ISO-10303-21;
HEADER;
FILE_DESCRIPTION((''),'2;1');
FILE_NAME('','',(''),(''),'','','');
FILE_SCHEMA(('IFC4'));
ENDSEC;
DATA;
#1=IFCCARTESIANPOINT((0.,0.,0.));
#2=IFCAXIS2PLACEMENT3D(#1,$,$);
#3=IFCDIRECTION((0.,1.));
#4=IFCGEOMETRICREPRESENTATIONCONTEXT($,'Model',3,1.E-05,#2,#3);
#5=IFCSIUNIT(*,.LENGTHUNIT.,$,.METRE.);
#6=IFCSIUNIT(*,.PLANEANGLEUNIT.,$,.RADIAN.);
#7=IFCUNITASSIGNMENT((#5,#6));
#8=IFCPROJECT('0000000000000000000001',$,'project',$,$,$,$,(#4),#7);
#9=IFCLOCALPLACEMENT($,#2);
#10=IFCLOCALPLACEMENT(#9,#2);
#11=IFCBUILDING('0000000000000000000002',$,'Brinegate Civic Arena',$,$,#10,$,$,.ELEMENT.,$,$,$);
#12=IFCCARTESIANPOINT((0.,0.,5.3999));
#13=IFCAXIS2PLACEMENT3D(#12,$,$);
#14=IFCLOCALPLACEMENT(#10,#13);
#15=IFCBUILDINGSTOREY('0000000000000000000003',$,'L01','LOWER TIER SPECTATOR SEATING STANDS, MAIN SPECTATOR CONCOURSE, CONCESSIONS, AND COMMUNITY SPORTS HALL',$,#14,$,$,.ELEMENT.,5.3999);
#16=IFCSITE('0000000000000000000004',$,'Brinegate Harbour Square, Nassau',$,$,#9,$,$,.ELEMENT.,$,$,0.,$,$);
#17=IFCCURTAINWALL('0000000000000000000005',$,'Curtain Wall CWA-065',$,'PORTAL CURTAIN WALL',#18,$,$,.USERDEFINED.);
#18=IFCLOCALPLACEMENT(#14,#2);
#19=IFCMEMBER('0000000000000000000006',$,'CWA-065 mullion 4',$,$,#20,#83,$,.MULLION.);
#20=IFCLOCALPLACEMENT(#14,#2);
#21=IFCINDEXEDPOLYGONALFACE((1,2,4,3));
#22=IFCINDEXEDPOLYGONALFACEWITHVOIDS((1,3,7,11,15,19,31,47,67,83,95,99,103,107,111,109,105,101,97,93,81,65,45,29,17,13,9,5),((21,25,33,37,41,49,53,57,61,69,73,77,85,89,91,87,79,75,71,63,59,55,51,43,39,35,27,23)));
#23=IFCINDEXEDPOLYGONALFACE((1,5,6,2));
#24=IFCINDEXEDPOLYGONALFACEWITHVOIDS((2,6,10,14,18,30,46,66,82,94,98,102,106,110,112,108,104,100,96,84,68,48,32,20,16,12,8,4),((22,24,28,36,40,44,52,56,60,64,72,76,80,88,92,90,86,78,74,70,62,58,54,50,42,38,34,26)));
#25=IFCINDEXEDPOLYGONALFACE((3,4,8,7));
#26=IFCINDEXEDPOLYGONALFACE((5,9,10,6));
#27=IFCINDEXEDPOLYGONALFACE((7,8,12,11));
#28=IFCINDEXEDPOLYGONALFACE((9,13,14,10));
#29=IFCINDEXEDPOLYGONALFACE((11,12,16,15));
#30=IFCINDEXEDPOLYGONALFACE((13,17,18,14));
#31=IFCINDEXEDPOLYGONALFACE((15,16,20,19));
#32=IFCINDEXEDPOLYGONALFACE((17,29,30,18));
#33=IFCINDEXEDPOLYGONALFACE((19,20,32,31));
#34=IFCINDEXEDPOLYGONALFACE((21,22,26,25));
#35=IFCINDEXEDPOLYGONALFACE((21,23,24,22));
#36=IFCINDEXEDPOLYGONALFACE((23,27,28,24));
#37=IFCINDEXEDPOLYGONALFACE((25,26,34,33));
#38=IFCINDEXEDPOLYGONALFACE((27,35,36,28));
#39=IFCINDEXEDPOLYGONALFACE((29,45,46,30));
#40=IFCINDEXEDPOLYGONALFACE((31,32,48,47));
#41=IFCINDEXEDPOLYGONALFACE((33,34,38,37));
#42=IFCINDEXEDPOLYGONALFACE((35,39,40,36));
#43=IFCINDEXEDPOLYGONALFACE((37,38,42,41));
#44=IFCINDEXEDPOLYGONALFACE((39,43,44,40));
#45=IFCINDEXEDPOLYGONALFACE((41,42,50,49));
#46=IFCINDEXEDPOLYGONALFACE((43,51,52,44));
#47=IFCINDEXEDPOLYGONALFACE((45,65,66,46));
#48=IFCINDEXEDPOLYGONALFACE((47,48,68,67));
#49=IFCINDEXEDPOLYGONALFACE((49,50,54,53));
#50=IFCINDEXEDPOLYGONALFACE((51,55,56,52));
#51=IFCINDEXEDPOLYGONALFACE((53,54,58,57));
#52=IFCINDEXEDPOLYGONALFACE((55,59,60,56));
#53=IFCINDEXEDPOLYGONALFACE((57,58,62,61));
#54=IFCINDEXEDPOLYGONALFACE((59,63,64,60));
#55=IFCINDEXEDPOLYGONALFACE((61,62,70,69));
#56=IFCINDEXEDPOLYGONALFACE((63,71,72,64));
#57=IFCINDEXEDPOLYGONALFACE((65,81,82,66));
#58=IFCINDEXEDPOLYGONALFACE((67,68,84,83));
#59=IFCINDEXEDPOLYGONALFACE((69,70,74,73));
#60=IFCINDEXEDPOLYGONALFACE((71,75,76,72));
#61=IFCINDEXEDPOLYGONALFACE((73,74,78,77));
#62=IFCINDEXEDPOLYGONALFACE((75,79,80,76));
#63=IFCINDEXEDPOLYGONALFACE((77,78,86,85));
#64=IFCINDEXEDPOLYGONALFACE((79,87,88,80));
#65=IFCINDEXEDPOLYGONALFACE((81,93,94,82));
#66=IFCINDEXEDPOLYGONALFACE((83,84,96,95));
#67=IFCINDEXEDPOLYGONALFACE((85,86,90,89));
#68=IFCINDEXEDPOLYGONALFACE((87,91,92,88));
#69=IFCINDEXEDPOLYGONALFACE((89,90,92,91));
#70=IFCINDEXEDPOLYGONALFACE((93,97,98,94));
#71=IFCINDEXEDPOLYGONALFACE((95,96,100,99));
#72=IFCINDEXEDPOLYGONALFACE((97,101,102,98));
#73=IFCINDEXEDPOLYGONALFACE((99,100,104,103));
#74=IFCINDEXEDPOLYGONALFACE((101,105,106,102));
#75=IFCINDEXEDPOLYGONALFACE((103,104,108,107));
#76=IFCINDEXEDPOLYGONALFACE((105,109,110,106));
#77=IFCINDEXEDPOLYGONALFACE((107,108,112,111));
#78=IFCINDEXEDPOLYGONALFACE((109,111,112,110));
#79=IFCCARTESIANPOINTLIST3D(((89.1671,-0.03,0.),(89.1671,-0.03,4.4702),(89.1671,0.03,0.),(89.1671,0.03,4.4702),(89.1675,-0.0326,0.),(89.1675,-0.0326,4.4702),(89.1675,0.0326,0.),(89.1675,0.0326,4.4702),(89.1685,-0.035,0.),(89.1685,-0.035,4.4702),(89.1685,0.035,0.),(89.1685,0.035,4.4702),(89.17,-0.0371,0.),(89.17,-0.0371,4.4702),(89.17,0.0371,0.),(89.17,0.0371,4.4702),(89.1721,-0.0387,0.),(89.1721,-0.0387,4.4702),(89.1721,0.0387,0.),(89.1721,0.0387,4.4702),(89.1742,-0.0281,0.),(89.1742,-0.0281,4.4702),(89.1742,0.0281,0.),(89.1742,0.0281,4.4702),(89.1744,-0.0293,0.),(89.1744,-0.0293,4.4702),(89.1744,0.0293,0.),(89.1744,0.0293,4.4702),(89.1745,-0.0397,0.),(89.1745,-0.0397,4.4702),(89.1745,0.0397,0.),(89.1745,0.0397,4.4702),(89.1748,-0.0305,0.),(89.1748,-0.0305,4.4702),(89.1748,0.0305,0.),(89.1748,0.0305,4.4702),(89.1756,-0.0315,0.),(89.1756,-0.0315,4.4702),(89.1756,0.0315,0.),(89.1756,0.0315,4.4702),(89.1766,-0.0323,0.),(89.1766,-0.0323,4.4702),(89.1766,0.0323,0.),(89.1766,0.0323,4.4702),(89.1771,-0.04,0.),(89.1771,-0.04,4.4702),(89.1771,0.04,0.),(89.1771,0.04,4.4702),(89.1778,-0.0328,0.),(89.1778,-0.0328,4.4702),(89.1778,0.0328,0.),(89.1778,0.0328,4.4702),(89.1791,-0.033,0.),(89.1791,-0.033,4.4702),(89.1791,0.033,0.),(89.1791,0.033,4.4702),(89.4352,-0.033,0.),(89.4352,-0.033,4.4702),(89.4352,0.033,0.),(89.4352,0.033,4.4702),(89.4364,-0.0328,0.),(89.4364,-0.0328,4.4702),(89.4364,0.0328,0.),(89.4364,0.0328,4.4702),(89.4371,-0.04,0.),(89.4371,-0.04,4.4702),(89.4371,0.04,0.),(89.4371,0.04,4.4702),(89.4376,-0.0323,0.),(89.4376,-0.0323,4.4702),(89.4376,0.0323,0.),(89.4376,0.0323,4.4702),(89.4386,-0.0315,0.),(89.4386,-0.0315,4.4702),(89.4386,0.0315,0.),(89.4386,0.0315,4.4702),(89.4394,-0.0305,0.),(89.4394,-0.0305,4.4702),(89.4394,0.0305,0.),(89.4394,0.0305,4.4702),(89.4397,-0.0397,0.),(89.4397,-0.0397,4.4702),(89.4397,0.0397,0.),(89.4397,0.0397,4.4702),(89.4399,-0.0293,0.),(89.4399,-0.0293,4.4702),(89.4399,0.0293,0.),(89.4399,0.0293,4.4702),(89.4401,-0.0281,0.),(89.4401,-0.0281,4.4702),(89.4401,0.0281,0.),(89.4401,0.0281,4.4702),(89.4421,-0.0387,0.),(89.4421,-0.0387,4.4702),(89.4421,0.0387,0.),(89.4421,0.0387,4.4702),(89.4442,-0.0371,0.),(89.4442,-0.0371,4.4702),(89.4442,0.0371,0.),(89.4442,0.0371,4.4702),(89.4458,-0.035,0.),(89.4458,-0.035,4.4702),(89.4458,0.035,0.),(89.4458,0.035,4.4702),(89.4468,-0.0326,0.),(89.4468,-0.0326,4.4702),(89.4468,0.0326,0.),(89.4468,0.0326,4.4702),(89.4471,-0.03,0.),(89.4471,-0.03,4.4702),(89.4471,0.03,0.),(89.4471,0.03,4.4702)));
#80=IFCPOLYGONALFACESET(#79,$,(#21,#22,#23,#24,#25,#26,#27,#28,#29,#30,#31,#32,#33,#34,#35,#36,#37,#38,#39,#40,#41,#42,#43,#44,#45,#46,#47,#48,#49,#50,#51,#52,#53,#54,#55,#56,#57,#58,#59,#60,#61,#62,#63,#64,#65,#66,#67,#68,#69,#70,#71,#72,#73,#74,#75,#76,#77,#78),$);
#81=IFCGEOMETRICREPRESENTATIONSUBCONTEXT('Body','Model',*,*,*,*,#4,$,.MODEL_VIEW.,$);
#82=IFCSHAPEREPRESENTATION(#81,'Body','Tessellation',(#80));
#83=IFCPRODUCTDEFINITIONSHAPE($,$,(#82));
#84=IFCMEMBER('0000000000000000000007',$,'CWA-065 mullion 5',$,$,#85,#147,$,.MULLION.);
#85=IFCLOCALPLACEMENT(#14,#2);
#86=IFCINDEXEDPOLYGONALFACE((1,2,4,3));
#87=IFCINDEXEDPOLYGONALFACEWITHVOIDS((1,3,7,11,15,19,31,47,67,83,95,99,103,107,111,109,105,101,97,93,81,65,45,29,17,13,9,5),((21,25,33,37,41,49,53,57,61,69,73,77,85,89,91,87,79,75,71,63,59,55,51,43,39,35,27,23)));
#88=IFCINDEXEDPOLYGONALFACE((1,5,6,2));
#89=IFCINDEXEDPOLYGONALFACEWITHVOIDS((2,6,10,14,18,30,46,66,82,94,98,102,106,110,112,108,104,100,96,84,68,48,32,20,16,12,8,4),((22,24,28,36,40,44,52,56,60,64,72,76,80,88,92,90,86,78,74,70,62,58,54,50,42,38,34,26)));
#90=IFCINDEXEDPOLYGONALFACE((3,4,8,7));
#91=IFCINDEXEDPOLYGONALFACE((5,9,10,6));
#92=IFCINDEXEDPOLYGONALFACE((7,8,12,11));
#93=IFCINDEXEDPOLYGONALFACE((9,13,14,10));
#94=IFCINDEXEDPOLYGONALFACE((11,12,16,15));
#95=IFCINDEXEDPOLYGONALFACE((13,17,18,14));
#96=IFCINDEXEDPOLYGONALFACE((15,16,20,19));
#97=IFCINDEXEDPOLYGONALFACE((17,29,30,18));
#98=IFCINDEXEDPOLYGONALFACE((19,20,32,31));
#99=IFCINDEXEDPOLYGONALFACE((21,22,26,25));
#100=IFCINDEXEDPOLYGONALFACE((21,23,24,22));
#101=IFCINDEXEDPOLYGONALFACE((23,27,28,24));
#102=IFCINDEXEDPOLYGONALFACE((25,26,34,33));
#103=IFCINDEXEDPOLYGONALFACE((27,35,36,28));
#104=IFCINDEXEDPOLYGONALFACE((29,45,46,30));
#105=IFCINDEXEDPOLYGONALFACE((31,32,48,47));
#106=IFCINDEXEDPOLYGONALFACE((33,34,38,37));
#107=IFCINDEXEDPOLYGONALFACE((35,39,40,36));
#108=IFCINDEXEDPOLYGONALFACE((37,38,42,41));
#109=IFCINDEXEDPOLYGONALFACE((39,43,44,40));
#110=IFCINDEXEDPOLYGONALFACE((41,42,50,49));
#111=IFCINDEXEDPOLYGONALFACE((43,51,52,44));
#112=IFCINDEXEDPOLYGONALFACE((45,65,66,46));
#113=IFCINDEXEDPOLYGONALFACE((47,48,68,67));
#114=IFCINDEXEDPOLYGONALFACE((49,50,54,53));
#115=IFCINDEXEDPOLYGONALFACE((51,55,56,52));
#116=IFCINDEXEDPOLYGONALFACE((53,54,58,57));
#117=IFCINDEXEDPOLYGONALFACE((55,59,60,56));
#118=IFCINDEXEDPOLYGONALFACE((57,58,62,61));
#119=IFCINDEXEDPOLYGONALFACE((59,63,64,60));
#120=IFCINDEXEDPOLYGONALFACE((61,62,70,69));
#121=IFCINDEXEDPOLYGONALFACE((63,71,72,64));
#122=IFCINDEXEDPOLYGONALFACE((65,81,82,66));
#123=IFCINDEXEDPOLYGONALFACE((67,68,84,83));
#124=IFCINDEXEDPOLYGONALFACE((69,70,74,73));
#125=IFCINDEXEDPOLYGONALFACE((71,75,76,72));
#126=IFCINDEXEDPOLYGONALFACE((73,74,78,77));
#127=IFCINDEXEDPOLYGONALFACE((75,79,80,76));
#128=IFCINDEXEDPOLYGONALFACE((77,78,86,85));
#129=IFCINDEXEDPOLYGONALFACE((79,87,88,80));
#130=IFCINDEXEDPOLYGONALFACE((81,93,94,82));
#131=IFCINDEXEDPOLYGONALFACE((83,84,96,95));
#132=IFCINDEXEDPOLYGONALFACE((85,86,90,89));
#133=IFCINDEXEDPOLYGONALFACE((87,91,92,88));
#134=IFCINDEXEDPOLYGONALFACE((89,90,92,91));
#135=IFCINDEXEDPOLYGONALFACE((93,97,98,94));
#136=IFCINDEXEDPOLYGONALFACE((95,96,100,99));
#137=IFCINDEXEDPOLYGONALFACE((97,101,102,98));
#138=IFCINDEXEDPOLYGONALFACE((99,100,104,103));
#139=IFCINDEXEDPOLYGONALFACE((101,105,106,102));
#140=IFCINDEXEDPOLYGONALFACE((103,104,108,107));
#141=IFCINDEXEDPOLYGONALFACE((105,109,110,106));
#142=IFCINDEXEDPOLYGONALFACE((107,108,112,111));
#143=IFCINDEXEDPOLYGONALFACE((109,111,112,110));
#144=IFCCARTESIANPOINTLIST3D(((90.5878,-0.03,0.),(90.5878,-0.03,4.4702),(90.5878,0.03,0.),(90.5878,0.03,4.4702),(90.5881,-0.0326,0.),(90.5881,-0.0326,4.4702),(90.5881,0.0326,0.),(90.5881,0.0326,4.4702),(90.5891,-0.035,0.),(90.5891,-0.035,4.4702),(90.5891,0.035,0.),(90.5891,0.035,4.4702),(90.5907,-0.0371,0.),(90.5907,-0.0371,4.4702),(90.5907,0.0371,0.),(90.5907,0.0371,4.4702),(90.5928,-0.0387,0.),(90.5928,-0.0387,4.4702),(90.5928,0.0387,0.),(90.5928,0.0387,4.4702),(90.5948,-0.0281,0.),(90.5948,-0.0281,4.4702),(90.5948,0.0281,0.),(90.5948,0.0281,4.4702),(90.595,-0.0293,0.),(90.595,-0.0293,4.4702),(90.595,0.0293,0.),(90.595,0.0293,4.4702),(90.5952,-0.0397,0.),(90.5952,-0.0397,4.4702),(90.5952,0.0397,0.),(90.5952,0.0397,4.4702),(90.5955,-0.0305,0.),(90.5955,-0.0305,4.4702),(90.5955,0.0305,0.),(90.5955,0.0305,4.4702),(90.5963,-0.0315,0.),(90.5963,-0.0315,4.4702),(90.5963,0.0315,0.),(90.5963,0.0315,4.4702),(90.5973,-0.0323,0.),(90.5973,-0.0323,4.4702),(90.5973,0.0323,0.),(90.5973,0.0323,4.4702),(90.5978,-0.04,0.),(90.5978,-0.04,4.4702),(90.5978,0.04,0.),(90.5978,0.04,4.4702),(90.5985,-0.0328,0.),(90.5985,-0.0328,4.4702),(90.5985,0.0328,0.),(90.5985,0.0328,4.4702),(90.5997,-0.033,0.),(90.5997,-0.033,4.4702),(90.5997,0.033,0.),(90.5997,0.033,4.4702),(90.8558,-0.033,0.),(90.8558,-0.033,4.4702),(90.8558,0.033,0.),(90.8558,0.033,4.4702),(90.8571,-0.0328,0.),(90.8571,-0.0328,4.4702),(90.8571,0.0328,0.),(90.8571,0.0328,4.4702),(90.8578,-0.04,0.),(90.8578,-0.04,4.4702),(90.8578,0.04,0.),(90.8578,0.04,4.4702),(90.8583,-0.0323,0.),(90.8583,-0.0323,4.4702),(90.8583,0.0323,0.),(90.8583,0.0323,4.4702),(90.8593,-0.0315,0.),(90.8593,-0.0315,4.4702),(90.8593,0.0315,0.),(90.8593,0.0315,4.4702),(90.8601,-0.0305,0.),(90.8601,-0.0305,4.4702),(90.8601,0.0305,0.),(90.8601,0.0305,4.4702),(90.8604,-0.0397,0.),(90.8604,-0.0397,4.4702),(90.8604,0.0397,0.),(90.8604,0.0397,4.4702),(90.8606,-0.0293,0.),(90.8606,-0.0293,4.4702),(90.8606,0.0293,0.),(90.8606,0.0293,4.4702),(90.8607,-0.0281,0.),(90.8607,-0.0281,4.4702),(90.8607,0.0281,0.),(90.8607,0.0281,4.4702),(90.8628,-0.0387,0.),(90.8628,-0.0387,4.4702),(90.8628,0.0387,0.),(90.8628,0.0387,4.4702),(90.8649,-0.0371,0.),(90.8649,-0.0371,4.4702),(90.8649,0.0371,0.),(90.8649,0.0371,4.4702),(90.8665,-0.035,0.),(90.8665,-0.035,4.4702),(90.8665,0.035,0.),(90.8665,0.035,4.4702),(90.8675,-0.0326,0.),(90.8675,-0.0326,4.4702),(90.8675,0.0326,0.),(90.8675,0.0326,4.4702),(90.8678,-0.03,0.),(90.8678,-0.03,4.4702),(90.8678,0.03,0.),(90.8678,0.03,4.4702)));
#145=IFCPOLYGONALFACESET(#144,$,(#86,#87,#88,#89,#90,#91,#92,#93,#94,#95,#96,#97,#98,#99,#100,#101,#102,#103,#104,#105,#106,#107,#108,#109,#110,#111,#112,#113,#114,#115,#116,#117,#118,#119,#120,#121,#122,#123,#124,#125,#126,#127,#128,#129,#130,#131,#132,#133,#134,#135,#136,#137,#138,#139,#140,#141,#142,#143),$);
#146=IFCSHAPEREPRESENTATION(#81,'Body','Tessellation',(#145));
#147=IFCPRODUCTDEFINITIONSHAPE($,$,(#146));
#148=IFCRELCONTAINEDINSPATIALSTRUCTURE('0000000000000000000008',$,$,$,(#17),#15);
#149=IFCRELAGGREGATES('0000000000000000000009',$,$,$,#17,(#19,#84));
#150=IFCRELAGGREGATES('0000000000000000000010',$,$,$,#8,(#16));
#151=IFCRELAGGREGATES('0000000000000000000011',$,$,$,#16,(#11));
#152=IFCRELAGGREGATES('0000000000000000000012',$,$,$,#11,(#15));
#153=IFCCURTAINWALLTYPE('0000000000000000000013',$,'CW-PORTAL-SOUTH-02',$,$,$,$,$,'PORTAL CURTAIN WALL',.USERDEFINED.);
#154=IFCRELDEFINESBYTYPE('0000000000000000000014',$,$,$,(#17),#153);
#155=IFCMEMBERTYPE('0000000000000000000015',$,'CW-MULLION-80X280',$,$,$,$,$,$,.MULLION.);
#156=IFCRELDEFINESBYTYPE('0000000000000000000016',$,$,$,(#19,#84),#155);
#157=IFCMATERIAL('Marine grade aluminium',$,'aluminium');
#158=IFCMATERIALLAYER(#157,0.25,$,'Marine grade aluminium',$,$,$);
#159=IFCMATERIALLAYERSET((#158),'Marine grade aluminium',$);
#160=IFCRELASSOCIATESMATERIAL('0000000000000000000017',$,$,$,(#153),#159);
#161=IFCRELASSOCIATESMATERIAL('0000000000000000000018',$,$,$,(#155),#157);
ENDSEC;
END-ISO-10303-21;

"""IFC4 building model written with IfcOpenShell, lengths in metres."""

from ifc_helpers import new_model, si_unit, direction, frame, origin, origin_2d, place, context, subcontext, project, spatial, hollow_rectangle, extrude, material, layer, layer_set, material_profile, profile_set, type_object, element, aggregate, save


model = new_model("IFC4")

# Units and contexts
model_context = context("Model", 3, precision=1e-05, world=origin(), true_north=direction((0.0, 1.0)))
body_context = subcontext(model_context, "Body", "Model", "MODEL_VIEW")
ifc_project = project(units=[si_unit("LENGTHUNIT", "METRE"), si_unit("PLANEANGLEUNIT", "RADIAN")], contexts=[model_context])

# Site, building, storey
site_placement = place(None, origin())
site = spatial("IfcSite", under=ifc_project, at=site_placement, Name="Brinegate Harbour Square, Nassau", CompositionType="ELEMENT", RefElevation=0.0)
building_placement = place(site_placement, origin())
building = spatial("IfcBuilding", under=site, at=building_placement, Name="Brinegate Civic Arena", CompositionType="ELEMENT")
storey_placement = place(building_placement, frame((0.0, 0.0, 5.3999)))
storey = spatial("IfcBuildingStorey", under=building, at=storey_placement, Name="L01", Description="LOWER TIER SPECTATOR SEATING STANDS, MAIN SPECTATOR CONCOURSE, CONCESSIONS, AND COMMUNITY SPORTS HALL", CompositionType="ELEMENT", Elevation=5.3999)

# Curtain wall, members
ifc_material_1 = material(Name="Marine grade aluminium", Category="aluminium")
ifc_layer_1 = layer(ifc_material_1, 0.25, Name="Marine grade aluminium")
ifc_layer_set_1 = layer_set([ifc_layer_1], Name="Marine grade aluminium")
curtain_wall_type = type_object("IfcCurtainWallType", Name="CW-PORTAL-SOUTH-02", ElementType="PORTAL CURTAIN WALL", PredefinedType="USERDEFINED", material=ifc_layer_set_1)
curtain_wall_placement = place(storey_placement, origin())
curtain_wall = element("IfcCurtainWall", 1, at=curtain_wall_placement, inside=storey, type_object=curtain_wall_type, Name="Curtain Wall CWA-065", ObjectType="PORTAL CURTAIN WALL", PredefinedType="USERDEFINED")
ifc_material_profile_1 = material_profile(ifc_material_1, hollow_rectangle(XDim=0.0801, YDim=0.28, WallThickness=0.0071, InnerFilletRadius=0.0049, OuterFilletRadius=0.01, at=origin_2d()), Name="MUL80X280")
ifc_profile_set_1 = profile_set([ifc_material_profile_1], Name="Marine grade aluminium")
member_type_1 = type_object("IfcMemberType", Name="CW-MULLION-80X280", PredefinedType="MULLION", material=ifc_profile_set_1)
member_1_placement = place(storey_placement, frame((89.3071, 0.0, 0.0), z_axis=(0.0, 0.0, 1.0), x_axis=(0.0, 1.0, 0.0)))
member_1 = element("IfcMember", 2, at=member_1_placement, type_object=member_type_1, Name="CWA-065 mullion 4", PredefinedType="MULLION", context=body_context, shape_type="SweptSolid", body=[
    extrude(hollow_rectangle(XDim=0.0801, YDim=0.28, WallThickness=0.0071, InnerFilletRadius=0.0049, OuterFilletRadius=0.01, at=origin_2d()), origin(), (0.0, 0.0, 1.0), 4.4702),
])
member_2_placement = place(storey_placement, frame((90.7278, 0.0, 0.0), z_axis=(0.0, 0.0, 1.0), x_axis=(0.0, 1.0, 0.0)))
member_2 = element("IfcMember", 3, at=member_2_placement, type_object=member_type_1, Name="CWA-065 mullion 5", PredefinedType="MULLION", context=body_context, shape_type="SweptSolid", body=[
    extrude(hollow_rectangle(XDim=0.0801, YDim=0.28, WallThickness=0.0071, InnerFilletRadius=0.0049, OuterFilletRadius=0.01, at=origin_2d()), origin(), (0.0, 0.0, 1.0), 4.4702),
])
aggregate(curtain_wall, [member_1, member_2])

save(model, "model.ifc")
